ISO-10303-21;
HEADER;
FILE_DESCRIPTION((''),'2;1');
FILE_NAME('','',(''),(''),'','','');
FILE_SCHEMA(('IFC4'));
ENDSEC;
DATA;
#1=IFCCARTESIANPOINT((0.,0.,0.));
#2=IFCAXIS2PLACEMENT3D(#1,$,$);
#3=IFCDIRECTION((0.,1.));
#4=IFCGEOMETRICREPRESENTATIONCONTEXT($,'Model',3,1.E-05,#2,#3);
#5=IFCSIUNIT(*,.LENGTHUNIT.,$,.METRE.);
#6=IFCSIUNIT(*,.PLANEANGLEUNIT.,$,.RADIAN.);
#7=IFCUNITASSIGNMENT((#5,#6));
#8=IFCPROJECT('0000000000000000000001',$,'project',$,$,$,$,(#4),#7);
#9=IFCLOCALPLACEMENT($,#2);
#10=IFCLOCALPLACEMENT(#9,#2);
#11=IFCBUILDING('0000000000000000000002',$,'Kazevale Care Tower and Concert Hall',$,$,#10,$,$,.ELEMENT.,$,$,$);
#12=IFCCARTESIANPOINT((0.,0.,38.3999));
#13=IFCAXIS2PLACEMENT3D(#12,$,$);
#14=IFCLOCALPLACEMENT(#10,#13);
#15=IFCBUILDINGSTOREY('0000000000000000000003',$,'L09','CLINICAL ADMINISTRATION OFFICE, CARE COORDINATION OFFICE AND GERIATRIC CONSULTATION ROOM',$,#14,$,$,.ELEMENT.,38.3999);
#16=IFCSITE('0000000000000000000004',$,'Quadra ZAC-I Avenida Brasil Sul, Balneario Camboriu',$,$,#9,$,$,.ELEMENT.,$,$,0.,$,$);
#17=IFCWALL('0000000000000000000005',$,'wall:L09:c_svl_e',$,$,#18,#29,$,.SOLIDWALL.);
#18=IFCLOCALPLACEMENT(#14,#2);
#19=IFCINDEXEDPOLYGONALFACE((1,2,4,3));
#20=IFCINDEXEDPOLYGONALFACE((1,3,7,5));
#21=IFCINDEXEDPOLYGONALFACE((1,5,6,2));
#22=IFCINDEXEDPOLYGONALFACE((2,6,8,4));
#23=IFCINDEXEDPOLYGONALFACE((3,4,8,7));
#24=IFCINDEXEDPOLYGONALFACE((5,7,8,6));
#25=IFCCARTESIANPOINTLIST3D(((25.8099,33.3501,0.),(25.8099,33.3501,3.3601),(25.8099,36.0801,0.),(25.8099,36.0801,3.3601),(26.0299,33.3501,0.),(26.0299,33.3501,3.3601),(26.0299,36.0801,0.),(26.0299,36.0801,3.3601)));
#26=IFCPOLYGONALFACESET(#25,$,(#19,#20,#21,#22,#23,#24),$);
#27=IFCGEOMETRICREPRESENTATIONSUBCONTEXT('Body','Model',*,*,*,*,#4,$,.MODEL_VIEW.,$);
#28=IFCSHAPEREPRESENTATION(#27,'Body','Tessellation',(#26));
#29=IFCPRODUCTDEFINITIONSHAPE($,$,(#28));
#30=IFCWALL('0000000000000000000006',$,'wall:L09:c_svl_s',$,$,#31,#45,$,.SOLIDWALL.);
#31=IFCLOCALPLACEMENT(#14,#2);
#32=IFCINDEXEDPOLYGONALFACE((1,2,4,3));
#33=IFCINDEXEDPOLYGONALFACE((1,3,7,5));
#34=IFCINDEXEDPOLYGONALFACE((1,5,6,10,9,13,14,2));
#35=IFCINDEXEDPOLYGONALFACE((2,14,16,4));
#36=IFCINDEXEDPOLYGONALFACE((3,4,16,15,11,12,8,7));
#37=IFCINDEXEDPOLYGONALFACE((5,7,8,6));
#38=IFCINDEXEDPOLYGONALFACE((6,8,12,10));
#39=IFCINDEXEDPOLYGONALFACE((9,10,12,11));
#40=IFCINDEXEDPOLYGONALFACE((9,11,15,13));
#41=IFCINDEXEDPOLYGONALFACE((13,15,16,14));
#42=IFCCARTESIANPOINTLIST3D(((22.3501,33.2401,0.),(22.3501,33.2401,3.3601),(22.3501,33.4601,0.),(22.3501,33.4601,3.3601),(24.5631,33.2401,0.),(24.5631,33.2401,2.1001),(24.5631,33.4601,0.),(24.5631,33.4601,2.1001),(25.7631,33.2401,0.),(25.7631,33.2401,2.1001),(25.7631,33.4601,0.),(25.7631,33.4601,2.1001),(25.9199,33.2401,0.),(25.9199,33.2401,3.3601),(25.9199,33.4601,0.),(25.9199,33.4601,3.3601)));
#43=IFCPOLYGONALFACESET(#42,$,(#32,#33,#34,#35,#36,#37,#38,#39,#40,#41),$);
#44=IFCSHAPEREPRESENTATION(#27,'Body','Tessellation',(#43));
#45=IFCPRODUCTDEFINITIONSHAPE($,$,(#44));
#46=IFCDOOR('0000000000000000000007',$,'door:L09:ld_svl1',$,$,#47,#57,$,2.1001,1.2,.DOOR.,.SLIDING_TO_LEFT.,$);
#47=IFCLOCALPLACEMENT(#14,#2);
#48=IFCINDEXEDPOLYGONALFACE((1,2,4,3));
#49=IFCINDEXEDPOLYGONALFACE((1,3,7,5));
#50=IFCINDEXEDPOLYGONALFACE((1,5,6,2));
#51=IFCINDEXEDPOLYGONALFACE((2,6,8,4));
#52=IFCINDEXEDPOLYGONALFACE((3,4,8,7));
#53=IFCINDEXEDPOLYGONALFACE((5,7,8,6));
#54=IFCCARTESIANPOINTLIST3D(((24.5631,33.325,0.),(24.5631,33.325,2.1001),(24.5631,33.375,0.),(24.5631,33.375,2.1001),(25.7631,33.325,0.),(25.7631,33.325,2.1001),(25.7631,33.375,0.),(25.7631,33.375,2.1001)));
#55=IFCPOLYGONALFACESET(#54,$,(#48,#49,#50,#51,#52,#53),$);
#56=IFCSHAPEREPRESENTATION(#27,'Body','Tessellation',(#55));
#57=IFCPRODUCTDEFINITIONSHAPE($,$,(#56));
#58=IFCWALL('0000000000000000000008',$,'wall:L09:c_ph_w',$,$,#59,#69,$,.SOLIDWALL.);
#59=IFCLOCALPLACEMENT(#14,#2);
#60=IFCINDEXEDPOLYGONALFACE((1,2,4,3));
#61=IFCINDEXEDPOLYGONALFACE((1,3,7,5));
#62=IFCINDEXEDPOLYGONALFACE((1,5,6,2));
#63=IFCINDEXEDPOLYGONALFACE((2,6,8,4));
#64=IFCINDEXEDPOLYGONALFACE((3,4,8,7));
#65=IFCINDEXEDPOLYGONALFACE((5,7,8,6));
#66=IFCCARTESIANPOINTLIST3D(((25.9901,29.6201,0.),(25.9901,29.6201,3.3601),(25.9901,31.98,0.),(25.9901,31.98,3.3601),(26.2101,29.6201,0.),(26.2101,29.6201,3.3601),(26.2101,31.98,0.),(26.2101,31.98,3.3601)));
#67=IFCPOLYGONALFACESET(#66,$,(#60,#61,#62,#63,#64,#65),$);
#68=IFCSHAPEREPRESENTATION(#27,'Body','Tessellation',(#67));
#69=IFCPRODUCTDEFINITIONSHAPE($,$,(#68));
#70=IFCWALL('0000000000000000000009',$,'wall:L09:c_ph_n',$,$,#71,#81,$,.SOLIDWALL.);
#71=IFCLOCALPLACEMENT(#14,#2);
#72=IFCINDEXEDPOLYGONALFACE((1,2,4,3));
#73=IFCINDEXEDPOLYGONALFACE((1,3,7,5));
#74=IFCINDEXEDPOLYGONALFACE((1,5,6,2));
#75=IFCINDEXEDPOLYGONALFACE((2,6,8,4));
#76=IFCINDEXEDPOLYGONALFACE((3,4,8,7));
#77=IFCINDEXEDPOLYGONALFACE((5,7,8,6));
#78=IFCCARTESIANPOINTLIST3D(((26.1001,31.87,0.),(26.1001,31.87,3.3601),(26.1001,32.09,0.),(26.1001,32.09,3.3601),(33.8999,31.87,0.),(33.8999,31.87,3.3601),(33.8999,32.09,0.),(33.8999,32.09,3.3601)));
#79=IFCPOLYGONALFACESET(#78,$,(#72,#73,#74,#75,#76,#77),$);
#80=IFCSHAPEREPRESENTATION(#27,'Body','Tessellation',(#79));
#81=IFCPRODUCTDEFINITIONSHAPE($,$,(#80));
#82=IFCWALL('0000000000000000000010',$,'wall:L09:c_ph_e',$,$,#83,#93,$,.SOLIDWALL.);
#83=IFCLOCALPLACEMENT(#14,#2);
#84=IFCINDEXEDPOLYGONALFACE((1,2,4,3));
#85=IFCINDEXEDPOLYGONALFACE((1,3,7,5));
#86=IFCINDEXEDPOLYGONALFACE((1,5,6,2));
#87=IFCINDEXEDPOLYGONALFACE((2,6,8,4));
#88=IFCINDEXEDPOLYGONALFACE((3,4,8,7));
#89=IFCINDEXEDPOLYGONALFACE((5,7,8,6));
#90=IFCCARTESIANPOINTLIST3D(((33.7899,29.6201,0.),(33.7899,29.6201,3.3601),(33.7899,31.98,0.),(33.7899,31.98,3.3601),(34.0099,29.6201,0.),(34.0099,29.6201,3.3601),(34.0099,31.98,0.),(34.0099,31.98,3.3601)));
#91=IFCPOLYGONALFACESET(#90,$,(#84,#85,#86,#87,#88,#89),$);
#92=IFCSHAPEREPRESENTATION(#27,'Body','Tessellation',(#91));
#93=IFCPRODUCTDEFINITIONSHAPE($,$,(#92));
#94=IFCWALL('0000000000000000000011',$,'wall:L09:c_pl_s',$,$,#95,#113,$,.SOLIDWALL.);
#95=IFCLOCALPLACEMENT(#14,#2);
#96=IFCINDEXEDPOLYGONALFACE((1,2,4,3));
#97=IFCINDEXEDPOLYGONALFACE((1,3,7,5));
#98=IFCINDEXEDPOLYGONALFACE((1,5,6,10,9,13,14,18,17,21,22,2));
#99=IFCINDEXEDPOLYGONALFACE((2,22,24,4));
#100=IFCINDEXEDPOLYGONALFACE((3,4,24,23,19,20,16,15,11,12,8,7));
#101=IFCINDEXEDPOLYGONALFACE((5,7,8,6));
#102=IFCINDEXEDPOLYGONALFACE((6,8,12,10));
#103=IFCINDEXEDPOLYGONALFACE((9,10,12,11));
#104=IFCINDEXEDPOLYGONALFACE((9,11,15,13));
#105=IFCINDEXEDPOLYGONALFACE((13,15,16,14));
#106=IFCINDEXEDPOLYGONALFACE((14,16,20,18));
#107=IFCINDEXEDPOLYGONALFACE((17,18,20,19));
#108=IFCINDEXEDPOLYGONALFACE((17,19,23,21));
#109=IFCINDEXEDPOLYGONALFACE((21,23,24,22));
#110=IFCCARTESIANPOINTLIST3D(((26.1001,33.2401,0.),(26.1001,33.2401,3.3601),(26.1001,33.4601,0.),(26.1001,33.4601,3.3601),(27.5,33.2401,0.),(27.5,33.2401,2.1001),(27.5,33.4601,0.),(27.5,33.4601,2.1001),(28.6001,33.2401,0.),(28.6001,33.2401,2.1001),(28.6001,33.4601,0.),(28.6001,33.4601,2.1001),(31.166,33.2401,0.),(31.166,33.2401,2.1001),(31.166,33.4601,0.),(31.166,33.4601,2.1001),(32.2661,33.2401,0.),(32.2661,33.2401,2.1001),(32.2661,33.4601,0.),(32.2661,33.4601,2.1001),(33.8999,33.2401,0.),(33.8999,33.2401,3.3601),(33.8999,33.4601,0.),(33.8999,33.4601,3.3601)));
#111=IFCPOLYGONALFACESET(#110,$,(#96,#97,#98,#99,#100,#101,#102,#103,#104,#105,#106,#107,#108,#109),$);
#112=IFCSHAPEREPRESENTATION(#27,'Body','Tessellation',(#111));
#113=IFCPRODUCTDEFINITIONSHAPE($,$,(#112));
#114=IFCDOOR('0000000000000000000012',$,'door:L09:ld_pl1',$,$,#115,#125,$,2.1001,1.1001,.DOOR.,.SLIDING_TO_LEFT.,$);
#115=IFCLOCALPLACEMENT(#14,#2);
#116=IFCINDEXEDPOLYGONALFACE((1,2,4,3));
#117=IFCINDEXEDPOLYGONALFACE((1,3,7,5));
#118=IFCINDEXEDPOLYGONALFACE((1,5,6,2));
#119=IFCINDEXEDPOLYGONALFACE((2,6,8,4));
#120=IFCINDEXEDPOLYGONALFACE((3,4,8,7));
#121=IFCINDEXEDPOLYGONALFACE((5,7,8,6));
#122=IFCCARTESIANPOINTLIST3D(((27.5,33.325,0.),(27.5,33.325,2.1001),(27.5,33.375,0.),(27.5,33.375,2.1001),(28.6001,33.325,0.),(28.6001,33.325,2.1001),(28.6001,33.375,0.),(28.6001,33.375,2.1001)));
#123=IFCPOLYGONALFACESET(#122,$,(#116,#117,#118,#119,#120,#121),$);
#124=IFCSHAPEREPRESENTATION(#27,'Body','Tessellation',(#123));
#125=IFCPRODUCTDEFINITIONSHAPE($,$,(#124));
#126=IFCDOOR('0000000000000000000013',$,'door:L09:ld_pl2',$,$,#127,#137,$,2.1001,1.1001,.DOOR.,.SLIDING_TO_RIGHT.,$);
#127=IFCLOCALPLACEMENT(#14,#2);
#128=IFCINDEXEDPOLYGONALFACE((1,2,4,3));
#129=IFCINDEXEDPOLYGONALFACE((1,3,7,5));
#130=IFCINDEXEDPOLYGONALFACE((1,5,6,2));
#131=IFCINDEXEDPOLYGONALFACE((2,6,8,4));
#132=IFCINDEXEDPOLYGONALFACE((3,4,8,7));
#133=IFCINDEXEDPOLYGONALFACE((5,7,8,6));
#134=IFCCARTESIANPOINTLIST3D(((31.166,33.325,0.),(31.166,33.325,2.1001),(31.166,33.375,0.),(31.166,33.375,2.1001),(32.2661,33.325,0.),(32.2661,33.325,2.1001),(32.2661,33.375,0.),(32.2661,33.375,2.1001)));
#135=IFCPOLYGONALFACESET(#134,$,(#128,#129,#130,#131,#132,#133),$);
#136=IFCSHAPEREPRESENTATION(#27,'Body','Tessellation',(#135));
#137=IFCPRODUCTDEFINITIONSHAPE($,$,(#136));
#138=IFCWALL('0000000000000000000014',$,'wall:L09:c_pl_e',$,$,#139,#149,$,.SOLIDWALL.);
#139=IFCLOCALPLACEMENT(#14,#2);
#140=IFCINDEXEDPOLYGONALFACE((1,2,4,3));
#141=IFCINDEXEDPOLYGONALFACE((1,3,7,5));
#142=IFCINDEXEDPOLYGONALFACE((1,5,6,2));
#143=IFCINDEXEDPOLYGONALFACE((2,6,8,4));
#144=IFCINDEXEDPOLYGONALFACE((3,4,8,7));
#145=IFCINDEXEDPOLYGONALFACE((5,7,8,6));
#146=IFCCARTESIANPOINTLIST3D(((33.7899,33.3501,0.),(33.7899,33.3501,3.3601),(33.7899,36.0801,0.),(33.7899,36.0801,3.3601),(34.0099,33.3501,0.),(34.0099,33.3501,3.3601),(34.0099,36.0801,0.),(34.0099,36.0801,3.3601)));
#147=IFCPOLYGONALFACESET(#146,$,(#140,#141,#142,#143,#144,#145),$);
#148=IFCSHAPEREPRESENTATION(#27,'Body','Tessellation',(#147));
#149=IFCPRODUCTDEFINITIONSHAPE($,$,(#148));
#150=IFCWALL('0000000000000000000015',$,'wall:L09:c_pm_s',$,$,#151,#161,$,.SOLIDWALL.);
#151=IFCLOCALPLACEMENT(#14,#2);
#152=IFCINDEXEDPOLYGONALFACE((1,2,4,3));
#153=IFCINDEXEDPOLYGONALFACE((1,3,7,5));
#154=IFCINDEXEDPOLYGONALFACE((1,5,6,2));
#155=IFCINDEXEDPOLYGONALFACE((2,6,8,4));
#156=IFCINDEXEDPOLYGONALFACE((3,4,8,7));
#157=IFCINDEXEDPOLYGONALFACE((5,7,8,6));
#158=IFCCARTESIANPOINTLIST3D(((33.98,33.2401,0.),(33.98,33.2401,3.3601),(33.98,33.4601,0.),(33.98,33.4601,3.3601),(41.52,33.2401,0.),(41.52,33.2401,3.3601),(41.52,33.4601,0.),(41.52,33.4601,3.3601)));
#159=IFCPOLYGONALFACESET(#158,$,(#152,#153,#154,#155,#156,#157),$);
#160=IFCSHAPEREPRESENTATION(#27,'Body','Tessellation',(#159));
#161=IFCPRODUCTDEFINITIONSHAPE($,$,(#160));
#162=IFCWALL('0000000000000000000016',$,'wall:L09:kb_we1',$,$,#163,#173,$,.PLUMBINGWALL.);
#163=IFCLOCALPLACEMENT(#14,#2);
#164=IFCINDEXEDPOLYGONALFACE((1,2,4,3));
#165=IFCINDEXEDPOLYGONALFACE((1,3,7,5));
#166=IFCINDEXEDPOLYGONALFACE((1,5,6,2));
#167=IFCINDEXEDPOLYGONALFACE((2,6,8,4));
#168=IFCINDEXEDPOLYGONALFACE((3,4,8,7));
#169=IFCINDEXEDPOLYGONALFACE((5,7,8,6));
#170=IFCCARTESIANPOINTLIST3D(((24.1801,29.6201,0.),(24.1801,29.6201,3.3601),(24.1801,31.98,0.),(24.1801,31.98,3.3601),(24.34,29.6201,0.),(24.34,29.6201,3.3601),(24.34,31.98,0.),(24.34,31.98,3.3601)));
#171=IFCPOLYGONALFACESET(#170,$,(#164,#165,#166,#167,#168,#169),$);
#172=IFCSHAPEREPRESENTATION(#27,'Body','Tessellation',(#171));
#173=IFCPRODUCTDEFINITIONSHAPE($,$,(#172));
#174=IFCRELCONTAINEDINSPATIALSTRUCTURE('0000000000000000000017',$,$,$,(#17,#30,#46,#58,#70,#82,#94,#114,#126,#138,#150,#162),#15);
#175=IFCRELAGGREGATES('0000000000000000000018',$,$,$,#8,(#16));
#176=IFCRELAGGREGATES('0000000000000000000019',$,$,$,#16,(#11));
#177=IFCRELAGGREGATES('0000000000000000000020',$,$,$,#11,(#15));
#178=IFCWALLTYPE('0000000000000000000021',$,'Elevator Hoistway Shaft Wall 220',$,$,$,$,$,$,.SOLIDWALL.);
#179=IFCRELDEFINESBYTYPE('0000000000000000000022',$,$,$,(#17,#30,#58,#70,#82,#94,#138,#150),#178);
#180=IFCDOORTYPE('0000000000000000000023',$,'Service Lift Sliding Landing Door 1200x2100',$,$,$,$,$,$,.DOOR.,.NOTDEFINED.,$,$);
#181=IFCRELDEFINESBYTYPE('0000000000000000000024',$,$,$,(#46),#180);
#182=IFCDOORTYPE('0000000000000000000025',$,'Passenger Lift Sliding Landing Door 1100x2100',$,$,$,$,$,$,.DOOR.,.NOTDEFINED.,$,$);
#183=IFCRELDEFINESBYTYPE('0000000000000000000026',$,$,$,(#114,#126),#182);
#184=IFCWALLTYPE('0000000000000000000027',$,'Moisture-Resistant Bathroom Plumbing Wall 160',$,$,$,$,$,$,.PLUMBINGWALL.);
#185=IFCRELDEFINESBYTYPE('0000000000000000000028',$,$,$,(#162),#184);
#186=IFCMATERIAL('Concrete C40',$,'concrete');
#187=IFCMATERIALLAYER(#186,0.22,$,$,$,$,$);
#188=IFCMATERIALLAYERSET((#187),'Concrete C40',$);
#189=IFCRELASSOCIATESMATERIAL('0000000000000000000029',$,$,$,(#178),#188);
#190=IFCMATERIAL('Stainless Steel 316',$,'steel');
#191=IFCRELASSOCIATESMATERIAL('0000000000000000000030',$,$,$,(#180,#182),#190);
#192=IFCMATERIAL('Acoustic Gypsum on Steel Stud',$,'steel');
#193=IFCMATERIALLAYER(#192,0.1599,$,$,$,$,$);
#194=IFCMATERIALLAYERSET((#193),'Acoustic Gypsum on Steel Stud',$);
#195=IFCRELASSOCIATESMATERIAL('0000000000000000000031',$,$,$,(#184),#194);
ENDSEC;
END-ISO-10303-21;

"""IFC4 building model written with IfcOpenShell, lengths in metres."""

from ifc_helpers import new_model, si_unit, direction, frame, frame_2d, origin, place, context, subcontext, project, spatial, rectangle, extrude, material, layer, layer_set, type_object, element, fill, save


model = new_model("IFC4")

# Units and contexts
model_context = context("Model", 3, precision=1e-05, world=origin(), true_north=direction((0.0, 1.0)))
body_context = subcontext(model_context, "Body", "Model", "MODEL_VIEW")
ifc_project = project(units=[si_unit("LENGTHUNIT", "METRE"), si_unit("PLANEANGLEUNIT", "RADIAN")], contexts=[model_context])

# Site, building, storey
site_placement = place(None, origin())
site = spatial("IfcSite", under=ifc_project, at=site_placement, Name="Quadra ZAC-I Avenida Brasil Sul, Balneario Camboriu", CompositionType="ELEMENT", RefElevation=0.0)
building_placement = place(site_placement, origin())
building = spatial("IfcBuilding", under=site, at=building_placement, Name="Kazevale Care Tower and Concert Hall", CompositionType="ELEMENT")
storey_placement = place(building_placement, frame((0.0, 0.0, 38.3999)))
storey = spatial("IfcBuildingStorey", under=building, at=storey_placement, Name="L09", Description="CLINICAL ADMINISTRATION OFFICE, CARE COORDINATION OFFICE AND GERIATRIC CONSULTATION ROOM", CompositionType="ELEMENT", Elevation=38.3999)

# Wall
ifc_material_1 = material(Name="Concrete C40", Category="concrete")
ifc_layer_1 = layer(ifc_material_1, 0.22)
ifc_layer_set_1 = layer_set([ifc_layer_1], Name="Concrete C40")
wall_type_1 = type_object("IfcWallType", Name="Elevator Hoistway Shaft Wall 220", PredefinedType="SOLIDWALL", material=ifc_layer_set_1)
wall_1_placement = place(storey_placement, frame((25.9199, 33.3501, 0.0), z_axis=(0.0, 0.0, 1.0), x_axis=(0.0, 1.0, 0.0)))
element("IfcWall", 1, at=wall_1_placement, inside=storey, type_object=wall_type_1, Name="wall:L09:c_svl_e", PredefinedType="SOLIDWALL", context=body_context, shape_type="SweptSolid", body=[
    extrude(rectangle(XDim=2.73, YDim=0.22, at=frame_2d((1.365, 0.0))), origin(), (0.0, 0.0, 1.0), 3.3601),
])

# Wall, opening, door
wall_2_placement = place(storey_placement, frame((22.3501, 33.3501, 0.0), z_axis=(0.0, 0.0, 1.0), x_axis=(1.0, 0.0, 0.0)))
wall_2 = element("IfcWall", 2, at=wall_2_placement, inside=storey, type_object=wall_type_1, Name="wall:L09:c_svl_s", PredefinedType="SOLIDWALL", context=body_context, shape_type="SweptSolid", body=[
    extrude(rectangle(XDim=3.5698, YDim=0.22, at=frame_2d((1.7849, 0.0))), origin(), (0.0, 0.0, 1.0), 3.3601),
])
opening_1_placement = place(wall_2_placement, frame((2.2129, 0.0, 0.0)))
opening_1 = element("IfcOpeningElement", 3, at=opening_1_placement, cuts=wall_2, PredefinedType="OPENING", context=body_context, shape_type="SweptSolid", body=[
    extrude(rectangle(XDim=1.2, YDim=2.1001, at=frame_2d((0.6001, 1.05))), frame((0.0, 0.1199, 0.0), z_axis=(0.0, -1.0, 0.0), x_axis=(1.0, 0.0, 0.0)), (0.0, 0.0, 1.0), 0.24),
])
ifc_material_2 = material(Name="Stainless Steel 316", Category="steel")
door_type_1 = type_object("IfcDoorType", Name="Service Lift Sliding Landing Door 1200x2100", OperationType="NOTDEFINED", PredefinedType="DOOR", material=ifc_material_2)
door_1_placement = place(opening_1_placement, origin())
door_1 = element("IfcDoor", 4, at=door_1_placement, inside=storey, type_object=door_type_1, Name="door:L09:ld_svl1", OperationType="SLIDING_TO_LEFT", OverallHeight=2.1001, OverallWidth=1.2, PredefinedType="DOOR", context=body_context, shape_type="SweptSolid", body=[
    extrude(rectangle(XDim=1.2, YDim=2.1001, at=frame_2d((0.6001, 1.05))), frame((0.0, 0.0249, 0.0), z_axis=(0.0, -1.0, 0.0), x_axis=(1.0, 0.0, 0.0)), (0.0, 0.0, 1.0), 0.05),
])
fill(opening_1, door_1)

# Walls
wall_3_placement = place(storey_placement, frame((26.1001, 29.6201, 0.0), z_axis=(0.0, 0.0, 1.0), x_axis=(0.0, 1.0, 0.0)))
element("IfcWall", 5, at=wall_3_placement, inside=storey, type_object=wall_type_1, Name="wall:L09:c_ph_w", PredefinedType="SOLIDWALL", context=body_context, shape_type="SweptSolid", body=[
    extrude(rectangle(XDim=2.3599, YDim=0.22, at=frame_2d((1.1799, 0.0))), origin(), (0.0, 0.0, 1.0), 3.3601),
])
wall_4_placement = place(storey_placement, frame((26.1001, 31.98, 0.0), z_axis=(0.0, 0.0, 1.0), x_axis=(1.0, 0.0, 0.0)))
element("IfcWall", 6, at=wall_4_placement, inside=storey, type_object=wall_type_1, Name="wall:L09:c_ph_n", PredefinedType="SOLIDWALL", context=body_context, shape_type="SweptSolid", body=[
    extrude(rectangle(XDim=7.7998, YDim=0.22, at=frame_2d((3.8999, 0.0))), origin(), (0.0, 0.0, 1.0), 3.3601),
])
wall_5_placement = place(storey_placement, frame((33.8999, 29.6201, 0.0), z_axis=(0.0, 0.0, 1.0), x_axis=(0.0, 1.0, 0.0)))
element("IfcWall", 7, at=wall_5_placement, inside=storey, type_object=wall_type_1, Name="wall:L09:c_ph_e", PredefinedType="SOLIDWALL", context=body_context, shape_type="SweptSolid", body=[
    extrude(rectangle(XDim=2.3599, YDim=0.22, at=frame_2d((1.1799, 0.0))), origin(), (0.0, 0.0, 1.0), 3.3601),
])

# Wall, openings, doors
wall_6_placement = place(storey_placement, frame((26.1001, 33.3501, 0.0), z_axis=(0.0, 0.0, 1.0), x_axis=(1.0, 0.0, 0.0)))
wall_6 = element("IfcWall", 8, at=wall_6_placement, inside=storey, type_object=wall_type_1, Name="wall:L09:c_pl_s", PredefinedType="SOLIDWALL", context=body_context, shape_type="SweptSolid", body=[
    extrude(rectangle(XDim=7.7998, YDim=0.22, at=frame_2d((3.8999, 0.0))), origin(), (0.0, 0.0, 1.0), 3.3601),
])
opening_2_placement = place(wall_6_placement, frame((1.3999, 0.0, 0.0)))
opening_2 = element("IfcOpeningElement", 9, at=opening_2_placement, cuts=wall_6, PredefinedType="OPENING", context=body_context, shape_type="SweptSolid", body=[
    extrude(rectangle(XDim=1.1001, YDim=2.1001, at=frame_2d((0.55, 1.05))), frame((0.0, 0.1199, 0.0), z_axis=(0.0, -1.0, 0.0), x_axis=(1.0, 0.0, 0.0)), (0.0, 0.0, 1.0), 0.24),
])
opening_3_placement = place(wall_6_placement, frame((5.0659, 0.0, 0.0)))
opening_3 = element("IfcOpeningElement", 10, at=opening_3_placement, cuts=wall_6, PredefinedType="OPENING", context=body_context, shape_type="SweptSolid", body=[
    extrude(rectangle(XDim=1.1001, YDim=2.1001, at=frame_2d((0.55, 1.05))), frame((0.0, 0.1199, 0.0), z_axis=(0.0, -1.0, 0.0), x_axis=(1.0, 0.0, 0.0)), (0.0, 0.0, 1.0), 0.24),
])
door_type_2 = type_object("IfcDoorType", Name="Passenger Lift Sliding Landing Door 1100x2100", OperationType="NOTDEFINED", PredefinedType="DOOR", material=ifc_material_2)
door_2_placement = place(opening_2_placement, origin())
door_2 = element("IfcDoor", 11, at=door_2_placement, inside=storey, type_object=door_type_2, Name="door:L09:ld_pl1", OperationType="SLIDING_TO_LEFT", OverallHeight=2.1001, OverallWidth=1.1001, PredefinedType="DOOR", context=body_context, shape_type="SweptSolid", body=[
    extrude(rectangle(XDim=1.1001, YDim=2.1001, at=frame_2d((0.55, 1.05))), frame((0.0, 0.0249, 0.0), z_axis=(0.0, -1.0, 0.0), x_axis=(1.0, 0.0, 0.0)), (0.0, 0.0, 1.0), 0.05),
])
fill(opening_2, door_2)
door_3_placement = place(opening_3_placement, origin())
door_3 = element("IfcDoor", 12, at=door_3_placement, inside=storey, type_object=door_type_2, Name="door:L09:ld_pl2", OperationType="SLIDING_TO_RIGHT", OverallHeight=2.1001, OverallWidth=1.1001, PredefinedType="DOOR", context=body_context, shape_type="SweptSolid", body=[
    extrude(rectangle(XDim=1.1001, YDim=2.1001, at=frame_2d((0.55, 1.05))), frame((0.0, 0.0249, 0.0), z_axis=(0.0, -1.0, 0.0), x_axis=(1.0, 0.0, 0.0)), (0.0, 0.0, 1.0), 0.05),
])
fill(opening_3, door_3)

# Walls
wall_7_placement = place(storey_placement, frame((33.8999, 33.3501, 0.0), z_axis=(0.0, 0.0, 1.0), x_axis=(0.0, 1.0, 0.0)))
element("IfcWall", 13, at=wall_7_placement, inside=storey, type_object=wall_type_1, Name="wall:L09:c_pl_e", PredefinedType="SOLIDWALL", context=body_context, shape_type="SweptSolid", body=[
    extrude(rectangle(XDim=2.73, YDim=0.22, at=frame_2d((1.365, 0.0))), origin(), (0.0, 0.0, 1.0), 3.3601),
])
wall_8_placement = place(storey_placement, frame((33.98, 33.3501, 0.0), z_axis=(0.0, 0.0, 1.0), x_axis=(1.0, 0.0, 0.0)))
element("IfcWall", 14, at=wall_8_placement, inside=storey, type_object=wall_type_1, Name="wall:L09:c_pm_s", PredefinedType="SOLIDWALL", context=body_context, shape_type="SweptSolid", body=[
    extrude(rectangle(XDim=7.54, YDim=0.22, at=frame_2d((3.77, 0.0))), origin(), (0.0, 0.0, 1.0), 3.3601),
])
ifc_material_3 = material(Name="Acoustic Gypsum on Steel Stud", Category="steel")
ifc_layer_2 = layer(ifc_material_3, 0.1599)
ifc_layer_set_2 = layer_set([ifc_layer_2], Name="Acoustic Gypsum on Steel Stud")
wall_type_2 = type_object("IfcWallType", Name="Moisture-Resistant Bathroom Plumbing Wall 160", PredefinedType="PLUMBINGWALL", material=ifc_layer_set_2)
wall_9_placement = place(storey_placement, frame((24.26, 29.6201, 0.0), z_axis=(0.0, 0.0, 1.0), x_axis=(0.0, 1.0, 0.0)))
element("IfcWall", 15, at=wall_9_placement, inside=storey, type_object=wall_type_2, Name="wall:L09:kb_we1", PredefinedType="PLUMBINGWALL", context=body_context, shape_type="SweptSolid", body=[
    extrude(rectangle(XDim=2.3599, YDim=0.1599, at=frame_2d((1.1799, 0.0))), origin(), (0.0, 0.0, 1.0), 3.3601),
])

save(model, "model.ifc")
